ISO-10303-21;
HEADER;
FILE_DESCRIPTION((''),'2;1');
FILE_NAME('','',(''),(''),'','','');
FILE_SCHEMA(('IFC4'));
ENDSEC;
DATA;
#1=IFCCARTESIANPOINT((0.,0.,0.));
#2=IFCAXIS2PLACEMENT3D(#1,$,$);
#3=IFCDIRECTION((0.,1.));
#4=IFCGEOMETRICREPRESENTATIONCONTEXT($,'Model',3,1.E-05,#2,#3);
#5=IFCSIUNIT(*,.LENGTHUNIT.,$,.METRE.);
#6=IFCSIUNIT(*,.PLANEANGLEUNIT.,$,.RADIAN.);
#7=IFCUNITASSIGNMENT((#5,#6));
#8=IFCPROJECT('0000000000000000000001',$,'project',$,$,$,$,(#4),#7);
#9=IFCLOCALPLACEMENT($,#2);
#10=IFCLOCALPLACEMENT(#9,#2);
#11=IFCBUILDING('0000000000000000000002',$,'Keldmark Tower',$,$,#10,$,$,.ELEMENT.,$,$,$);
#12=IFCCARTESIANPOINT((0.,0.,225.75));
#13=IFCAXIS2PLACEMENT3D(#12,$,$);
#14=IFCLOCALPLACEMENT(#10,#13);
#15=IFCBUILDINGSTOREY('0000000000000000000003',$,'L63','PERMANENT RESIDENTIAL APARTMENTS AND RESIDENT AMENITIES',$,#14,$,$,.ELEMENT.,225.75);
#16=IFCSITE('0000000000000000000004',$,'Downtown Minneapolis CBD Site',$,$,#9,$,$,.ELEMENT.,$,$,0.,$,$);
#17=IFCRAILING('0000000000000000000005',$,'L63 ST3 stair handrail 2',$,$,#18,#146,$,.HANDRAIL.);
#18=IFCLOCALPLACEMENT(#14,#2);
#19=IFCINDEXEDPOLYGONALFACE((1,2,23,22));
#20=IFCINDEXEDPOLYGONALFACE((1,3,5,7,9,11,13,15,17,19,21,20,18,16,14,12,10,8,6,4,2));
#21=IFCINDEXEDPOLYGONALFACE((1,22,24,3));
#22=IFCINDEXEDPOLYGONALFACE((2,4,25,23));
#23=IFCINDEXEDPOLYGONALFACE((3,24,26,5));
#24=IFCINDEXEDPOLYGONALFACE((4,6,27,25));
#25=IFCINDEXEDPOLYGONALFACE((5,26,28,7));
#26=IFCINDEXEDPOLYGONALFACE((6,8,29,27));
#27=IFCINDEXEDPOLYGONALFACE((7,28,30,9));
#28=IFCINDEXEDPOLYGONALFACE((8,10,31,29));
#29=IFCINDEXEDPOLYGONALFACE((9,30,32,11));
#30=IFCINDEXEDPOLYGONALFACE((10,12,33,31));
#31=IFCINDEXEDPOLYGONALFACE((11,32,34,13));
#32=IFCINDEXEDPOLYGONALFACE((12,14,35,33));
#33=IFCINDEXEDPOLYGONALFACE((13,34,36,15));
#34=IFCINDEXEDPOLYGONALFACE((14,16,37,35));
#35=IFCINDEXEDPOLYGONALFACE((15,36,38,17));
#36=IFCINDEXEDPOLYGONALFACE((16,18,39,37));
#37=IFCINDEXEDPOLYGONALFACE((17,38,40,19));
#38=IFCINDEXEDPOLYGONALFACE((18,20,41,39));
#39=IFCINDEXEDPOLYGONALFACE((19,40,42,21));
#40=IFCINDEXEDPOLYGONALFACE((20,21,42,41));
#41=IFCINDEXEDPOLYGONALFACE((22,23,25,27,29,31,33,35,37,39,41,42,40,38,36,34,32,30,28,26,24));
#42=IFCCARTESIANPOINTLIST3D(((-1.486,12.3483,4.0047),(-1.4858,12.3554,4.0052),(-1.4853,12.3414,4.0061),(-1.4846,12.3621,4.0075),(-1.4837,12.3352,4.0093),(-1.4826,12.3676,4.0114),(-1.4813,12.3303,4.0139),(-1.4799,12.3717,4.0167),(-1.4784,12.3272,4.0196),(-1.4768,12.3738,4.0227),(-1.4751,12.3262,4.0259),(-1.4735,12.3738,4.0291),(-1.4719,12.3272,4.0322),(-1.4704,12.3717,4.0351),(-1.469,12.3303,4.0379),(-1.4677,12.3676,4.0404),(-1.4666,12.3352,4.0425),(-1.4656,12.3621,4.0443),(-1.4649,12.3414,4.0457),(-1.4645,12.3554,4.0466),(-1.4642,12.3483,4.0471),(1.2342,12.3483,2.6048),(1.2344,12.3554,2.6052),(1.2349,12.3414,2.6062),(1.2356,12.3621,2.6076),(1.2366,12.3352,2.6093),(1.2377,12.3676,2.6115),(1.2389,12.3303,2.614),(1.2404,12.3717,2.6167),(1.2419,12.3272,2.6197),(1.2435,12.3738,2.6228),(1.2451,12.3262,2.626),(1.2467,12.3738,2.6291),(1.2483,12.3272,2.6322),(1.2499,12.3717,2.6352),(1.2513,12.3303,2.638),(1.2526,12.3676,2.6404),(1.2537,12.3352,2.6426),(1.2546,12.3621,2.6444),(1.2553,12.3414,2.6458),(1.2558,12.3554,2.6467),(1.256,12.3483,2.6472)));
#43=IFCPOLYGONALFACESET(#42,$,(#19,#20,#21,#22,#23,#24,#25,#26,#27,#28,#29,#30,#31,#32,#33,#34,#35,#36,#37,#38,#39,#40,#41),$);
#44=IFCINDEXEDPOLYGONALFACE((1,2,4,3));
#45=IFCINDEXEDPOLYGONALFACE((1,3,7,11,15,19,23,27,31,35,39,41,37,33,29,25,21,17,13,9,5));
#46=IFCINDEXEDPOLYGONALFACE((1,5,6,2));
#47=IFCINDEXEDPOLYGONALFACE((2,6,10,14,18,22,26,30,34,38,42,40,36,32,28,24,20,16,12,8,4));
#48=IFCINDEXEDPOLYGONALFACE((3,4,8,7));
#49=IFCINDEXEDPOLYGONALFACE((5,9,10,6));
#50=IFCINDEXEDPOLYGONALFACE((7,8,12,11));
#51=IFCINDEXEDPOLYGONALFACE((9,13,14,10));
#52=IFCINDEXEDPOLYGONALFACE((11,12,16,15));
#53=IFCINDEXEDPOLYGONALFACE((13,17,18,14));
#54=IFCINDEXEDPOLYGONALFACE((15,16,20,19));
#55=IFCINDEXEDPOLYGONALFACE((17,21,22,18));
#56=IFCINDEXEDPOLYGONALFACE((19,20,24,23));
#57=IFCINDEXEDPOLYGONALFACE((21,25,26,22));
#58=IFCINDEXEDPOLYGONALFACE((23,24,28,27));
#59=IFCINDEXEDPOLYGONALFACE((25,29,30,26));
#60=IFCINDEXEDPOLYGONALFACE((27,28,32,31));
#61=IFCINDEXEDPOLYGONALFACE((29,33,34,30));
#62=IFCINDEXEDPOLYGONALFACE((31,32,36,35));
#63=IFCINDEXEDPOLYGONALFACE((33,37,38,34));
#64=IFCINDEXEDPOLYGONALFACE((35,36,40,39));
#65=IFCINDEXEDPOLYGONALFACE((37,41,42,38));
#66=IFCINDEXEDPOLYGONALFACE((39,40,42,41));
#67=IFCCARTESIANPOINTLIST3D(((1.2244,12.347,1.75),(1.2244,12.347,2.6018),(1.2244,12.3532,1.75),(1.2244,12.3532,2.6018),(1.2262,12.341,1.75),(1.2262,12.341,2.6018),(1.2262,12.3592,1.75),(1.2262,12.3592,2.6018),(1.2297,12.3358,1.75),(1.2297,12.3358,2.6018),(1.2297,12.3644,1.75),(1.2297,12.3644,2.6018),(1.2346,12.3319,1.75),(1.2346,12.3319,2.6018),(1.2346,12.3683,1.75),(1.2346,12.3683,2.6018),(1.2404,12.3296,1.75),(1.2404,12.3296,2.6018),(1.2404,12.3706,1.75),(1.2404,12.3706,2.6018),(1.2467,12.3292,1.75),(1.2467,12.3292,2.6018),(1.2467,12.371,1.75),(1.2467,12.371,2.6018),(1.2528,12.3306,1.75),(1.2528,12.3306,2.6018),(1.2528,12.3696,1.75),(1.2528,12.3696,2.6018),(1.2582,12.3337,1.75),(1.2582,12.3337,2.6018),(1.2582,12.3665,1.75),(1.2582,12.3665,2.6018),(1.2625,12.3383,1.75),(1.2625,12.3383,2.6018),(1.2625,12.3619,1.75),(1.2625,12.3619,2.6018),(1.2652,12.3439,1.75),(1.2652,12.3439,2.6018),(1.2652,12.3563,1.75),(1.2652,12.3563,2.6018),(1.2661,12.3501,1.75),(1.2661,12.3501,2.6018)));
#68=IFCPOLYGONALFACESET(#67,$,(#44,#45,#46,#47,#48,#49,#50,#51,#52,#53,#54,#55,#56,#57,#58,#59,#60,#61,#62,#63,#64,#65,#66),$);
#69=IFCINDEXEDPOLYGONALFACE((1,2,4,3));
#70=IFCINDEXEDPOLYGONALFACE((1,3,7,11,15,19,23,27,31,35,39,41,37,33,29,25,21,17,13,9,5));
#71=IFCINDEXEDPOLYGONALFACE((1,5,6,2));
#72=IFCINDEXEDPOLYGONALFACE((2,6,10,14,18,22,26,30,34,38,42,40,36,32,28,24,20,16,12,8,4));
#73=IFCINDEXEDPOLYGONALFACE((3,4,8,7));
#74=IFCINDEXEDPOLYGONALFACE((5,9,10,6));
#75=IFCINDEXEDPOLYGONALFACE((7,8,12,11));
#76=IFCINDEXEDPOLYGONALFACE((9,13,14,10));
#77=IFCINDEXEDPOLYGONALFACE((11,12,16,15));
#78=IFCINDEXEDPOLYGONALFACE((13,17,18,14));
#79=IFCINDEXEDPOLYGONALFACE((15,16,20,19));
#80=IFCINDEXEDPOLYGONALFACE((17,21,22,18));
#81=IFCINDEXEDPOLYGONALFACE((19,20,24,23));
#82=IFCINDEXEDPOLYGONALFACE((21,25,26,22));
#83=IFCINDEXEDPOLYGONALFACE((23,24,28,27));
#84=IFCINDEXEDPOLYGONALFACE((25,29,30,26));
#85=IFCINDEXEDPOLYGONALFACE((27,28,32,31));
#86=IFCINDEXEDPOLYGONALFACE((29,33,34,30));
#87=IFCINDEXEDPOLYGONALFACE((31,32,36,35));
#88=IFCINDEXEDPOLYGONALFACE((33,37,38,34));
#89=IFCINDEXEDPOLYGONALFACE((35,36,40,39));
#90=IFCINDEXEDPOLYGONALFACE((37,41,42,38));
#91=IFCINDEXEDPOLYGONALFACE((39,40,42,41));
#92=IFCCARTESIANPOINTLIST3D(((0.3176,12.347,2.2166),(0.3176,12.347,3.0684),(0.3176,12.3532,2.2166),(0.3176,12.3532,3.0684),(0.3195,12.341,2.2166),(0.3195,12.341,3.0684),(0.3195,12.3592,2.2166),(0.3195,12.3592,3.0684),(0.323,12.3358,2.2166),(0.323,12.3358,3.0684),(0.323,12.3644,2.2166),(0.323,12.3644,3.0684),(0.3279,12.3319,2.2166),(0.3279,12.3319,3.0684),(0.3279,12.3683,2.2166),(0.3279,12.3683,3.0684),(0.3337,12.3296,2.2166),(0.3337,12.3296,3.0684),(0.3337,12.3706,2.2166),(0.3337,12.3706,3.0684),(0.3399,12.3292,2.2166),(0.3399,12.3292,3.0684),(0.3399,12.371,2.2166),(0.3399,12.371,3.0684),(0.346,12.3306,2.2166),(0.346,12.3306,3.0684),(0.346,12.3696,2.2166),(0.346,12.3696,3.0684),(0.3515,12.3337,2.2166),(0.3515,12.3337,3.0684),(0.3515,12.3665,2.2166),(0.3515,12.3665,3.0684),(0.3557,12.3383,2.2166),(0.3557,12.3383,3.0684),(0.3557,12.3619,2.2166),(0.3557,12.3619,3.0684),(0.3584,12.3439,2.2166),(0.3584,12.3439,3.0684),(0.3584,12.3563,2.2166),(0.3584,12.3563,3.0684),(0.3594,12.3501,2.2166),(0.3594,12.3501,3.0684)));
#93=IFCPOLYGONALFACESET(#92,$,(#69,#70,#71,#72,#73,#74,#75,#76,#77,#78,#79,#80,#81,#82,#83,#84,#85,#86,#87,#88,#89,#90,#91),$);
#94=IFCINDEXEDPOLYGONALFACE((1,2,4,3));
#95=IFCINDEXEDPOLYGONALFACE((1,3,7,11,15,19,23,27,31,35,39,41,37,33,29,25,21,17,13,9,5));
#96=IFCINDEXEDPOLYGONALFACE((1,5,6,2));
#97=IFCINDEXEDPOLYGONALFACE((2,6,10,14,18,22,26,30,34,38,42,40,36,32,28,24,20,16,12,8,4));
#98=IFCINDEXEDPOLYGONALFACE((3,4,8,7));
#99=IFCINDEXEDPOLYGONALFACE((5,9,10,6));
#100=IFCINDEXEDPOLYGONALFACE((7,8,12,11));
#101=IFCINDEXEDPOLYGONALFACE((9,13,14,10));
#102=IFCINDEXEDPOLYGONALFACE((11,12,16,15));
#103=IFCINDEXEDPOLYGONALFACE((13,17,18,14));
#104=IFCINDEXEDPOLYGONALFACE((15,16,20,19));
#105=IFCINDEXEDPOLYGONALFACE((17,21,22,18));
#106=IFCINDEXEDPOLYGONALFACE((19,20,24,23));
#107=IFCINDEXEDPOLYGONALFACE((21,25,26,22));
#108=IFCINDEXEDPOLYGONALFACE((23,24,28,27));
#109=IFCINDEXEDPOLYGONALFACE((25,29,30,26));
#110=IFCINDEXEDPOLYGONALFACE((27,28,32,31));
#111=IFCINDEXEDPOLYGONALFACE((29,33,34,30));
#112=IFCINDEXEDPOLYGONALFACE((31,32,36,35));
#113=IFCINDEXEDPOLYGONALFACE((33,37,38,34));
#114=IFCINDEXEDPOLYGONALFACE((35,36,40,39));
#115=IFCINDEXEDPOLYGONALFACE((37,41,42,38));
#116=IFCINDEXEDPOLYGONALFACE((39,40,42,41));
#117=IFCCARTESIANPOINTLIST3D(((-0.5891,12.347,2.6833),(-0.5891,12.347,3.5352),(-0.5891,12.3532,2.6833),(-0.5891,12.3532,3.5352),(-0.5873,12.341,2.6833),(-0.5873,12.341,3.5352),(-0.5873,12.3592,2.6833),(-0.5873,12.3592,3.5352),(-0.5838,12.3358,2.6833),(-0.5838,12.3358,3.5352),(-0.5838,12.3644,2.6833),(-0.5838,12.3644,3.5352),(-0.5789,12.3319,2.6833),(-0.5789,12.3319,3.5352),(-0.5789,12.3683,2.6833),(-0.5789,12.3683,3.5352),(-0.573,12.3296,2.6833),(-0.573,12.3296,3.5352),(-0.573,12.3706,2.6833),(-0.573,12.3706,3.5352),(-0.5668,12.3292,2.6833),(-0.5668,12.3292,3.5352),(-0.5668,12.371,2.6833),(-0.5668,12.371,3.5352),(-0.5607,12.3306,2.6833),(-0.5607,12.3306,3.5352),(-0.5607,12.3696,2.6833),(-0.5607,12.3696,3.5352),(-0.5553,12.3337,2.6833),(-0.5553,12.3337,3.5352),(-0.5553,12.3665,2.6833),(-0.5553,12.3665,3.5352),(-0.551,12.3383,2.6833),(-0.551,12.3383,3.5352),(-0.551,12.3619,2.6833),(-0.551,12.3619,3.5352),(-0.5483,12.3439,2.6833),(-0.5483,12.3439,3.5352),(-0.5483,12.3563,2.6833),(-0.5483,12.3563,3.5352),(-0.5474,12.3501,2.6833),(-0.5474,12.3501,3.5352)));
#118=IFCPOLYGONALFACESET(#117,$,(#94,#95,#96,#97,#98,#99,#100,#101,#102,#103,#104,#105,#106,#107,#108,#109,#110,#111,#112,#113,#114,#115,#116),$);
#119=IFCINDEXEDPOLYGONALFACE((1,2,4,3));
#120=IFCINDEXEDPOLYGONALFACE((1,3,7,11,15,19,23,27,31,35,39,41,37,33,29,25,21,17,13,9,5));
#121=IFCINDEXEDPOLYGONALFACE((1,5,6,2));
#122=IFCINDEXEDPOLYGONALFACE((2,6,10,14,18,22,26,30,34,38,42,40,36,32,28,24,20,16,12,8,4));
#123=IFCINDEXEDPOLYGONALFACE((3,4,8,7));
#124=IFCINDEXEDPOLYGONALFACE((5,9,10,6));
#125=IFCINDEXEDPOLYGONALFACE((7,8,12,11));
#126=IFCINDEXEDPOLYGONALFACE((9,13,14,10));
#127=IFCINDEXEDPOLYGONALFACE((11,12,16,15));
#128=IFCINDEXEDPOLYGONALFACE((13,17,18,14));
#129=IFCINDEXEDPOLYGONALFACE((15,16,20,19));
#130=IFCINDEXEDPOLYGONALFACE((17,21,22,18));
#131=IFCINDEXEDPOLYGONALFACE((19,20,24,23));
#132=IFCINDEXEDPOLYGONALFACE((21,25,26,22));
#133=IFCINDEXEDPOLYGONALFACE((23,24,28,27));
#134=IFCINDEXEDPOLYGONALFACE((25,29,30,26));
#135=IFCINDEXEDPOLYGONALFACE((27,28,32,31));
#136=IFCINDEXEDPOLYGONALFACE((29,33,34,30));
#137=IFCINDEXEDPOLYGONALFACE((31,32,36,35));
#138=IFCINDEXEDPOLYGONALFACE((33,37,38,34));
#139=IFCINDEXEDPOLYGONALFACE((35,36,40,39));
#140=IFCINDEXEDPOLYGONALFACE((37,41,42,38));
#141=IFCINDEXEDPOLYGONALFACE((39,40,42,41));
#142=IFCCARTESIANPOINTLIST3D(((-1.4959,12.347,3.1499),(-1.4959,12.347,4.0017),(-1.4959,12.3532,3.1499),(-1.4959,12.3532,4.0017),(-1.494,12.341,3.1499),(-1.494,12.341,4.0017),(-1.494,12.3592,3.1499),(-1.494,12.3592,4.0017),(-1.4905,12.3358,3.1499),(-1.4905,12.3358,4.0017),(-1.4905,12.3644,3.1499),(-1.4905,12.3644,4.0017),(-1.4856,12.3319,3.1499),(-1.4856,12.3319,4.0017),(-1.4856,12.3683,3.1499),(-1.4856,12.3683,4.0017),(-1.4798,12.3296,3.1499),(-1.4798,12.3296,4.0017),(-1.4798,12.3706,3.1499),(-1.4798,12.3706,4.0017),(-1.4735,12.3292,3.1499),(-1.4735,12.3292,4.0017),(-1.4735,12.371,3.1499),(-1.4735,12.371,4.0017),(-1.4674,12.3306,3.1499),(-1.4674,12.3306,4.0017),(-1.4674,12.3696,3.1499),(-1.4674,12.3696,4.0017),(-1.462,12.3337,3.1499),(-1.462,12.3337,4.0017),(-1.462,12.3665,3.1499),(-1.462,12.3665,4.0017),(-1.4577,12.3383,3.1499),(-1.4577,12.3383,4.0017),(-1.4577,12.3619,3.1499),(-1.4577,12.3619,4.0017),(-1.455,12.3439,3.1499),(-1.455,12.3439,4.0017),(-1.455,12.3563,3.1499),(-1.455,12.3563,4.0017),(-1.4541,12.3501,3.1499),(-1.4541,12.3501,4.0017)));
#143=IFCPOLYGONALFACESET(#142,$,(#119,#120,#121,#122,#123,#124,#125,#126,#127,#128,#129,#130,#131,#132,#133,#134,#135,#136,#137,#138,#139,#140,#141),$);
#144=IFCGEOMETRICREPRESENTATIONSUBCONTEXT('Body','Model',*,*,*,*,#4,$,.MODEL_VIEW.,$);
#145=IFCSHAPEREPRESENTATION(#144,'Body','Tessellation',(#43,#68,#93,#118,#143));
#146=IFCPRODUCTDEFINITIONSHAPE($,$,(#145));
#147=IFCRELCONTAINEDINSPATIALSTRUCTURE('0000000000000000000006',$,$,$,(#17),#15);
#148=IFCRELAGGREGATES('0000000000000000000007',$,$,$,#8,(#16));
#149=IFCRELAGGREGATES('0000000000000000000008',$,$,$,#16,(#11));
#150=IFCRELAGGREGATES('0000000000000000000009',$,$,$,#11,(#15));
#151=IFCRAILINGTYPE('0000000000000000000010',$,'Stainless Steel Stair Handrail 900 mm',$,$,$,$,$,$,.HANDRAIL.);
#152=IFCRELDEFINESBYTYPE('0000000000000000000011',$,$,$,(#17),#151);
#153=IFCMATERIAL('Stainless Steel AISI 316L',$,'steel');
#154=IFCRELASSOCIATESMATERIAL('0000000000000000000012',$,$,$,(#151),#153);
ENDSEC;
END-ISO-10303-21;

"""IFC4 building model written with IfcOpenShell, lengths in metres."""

from ifc_helpers import new_model, si_unit, direction, frame, origin, origin_2d, place, context, subcontext, project, spatial, circle, extrude, material, type_object, element, save


model = new_model("IFC4")

# Units and contexts
model_context = context("Model", 3, precision=1e-05, world=origin(), true_north=direction((0.0, 1.0)))
body_context = subcontext(model_context, "Body", "Model", "MODEL_VIEW")
ifc_project = project(units=[si_unit("LENGTHUNIT", "METRE"), si_unit("PLANEANGLEUNIT", "RADIAN")], contexts=[model_context])

# Site, building, storey
site_placement = place(None, origin())
site = spatial("IfcSite", under=ifc_project, at=site_placement, Name="Downtown Minneapolis CBD Site", CompositionType="ELEMENT", RefElevation=0.0)
building_placement = place(site_placement, origin())
building = spatial("IfcBuilding", under=site, at=building_placement, Name="Keldmark Tower", CompositionType="ELEMENT")
storey_placement = place(building_placement, frame((0.0, 0.0, 225.75)))
storey = spatial("IfcBuildingStorey", under=building, at=storey_placement, Name="L63", Description="PERMANENT RESIDENTIAL APARTMENTS AND RESIDENT AMENITIES", CompositionType="ELEMENT", Elevation=225.75)

# Railing
ifc_material_1 = material(Name="Stainless Steel AISI 316L", Category="steel")
railing_type_1 = type_object("IfcRailingType", Name="Stainless Steel Stair Handrail 900 mm", PredefinedType="HANDRAIL", material=ifc_material_1)
railing_1_placement = place(storey_placement, frame((1.2451, 12.3501, 1.75)))
element("IfcRailing", 1, at=railing_1_placement, inside=storey, type_object=railing_type_1, Name="L63 ST3 stair handrail 2", PredefinedType="HANDRAIL", context=body_context, shape_type="SweptSolid", body=[
    extrude(circle(Radius=0.0239, at=origin_2d()), frame((0.0, 0.0, 0.876), z_axis=(-0.889164, 0.0, 0.45759), x_axis=(0.0, -1.0, 0.0)), (0.0, 0.0, 1.0), 3.0593),
    extrude(circle(Radius=0.021, at=origin_2d()), origin(), (0.0, 0.0, 1.0), 0.8518),
    extrude(circle(Radius=0.021, at=origin_2d()), frame((-0.9067, 0.0, 0.4666)), (0.0, 0.0, 1.0), 0.8518),
    extrude(circle(Radius=0.021, at=origin_2d()), frame((-1.8135, 0.0, 0.9333)), (0.0, 0.0, 1.0), 0.8518),
    extrude(circle(Radius=0.021, at=origin_2d()), frame((-2.7202, 0.0, 1.3999)), (0.0, 0.0, 1.0), 0.8518),
])

save(model, "model.ifc")
